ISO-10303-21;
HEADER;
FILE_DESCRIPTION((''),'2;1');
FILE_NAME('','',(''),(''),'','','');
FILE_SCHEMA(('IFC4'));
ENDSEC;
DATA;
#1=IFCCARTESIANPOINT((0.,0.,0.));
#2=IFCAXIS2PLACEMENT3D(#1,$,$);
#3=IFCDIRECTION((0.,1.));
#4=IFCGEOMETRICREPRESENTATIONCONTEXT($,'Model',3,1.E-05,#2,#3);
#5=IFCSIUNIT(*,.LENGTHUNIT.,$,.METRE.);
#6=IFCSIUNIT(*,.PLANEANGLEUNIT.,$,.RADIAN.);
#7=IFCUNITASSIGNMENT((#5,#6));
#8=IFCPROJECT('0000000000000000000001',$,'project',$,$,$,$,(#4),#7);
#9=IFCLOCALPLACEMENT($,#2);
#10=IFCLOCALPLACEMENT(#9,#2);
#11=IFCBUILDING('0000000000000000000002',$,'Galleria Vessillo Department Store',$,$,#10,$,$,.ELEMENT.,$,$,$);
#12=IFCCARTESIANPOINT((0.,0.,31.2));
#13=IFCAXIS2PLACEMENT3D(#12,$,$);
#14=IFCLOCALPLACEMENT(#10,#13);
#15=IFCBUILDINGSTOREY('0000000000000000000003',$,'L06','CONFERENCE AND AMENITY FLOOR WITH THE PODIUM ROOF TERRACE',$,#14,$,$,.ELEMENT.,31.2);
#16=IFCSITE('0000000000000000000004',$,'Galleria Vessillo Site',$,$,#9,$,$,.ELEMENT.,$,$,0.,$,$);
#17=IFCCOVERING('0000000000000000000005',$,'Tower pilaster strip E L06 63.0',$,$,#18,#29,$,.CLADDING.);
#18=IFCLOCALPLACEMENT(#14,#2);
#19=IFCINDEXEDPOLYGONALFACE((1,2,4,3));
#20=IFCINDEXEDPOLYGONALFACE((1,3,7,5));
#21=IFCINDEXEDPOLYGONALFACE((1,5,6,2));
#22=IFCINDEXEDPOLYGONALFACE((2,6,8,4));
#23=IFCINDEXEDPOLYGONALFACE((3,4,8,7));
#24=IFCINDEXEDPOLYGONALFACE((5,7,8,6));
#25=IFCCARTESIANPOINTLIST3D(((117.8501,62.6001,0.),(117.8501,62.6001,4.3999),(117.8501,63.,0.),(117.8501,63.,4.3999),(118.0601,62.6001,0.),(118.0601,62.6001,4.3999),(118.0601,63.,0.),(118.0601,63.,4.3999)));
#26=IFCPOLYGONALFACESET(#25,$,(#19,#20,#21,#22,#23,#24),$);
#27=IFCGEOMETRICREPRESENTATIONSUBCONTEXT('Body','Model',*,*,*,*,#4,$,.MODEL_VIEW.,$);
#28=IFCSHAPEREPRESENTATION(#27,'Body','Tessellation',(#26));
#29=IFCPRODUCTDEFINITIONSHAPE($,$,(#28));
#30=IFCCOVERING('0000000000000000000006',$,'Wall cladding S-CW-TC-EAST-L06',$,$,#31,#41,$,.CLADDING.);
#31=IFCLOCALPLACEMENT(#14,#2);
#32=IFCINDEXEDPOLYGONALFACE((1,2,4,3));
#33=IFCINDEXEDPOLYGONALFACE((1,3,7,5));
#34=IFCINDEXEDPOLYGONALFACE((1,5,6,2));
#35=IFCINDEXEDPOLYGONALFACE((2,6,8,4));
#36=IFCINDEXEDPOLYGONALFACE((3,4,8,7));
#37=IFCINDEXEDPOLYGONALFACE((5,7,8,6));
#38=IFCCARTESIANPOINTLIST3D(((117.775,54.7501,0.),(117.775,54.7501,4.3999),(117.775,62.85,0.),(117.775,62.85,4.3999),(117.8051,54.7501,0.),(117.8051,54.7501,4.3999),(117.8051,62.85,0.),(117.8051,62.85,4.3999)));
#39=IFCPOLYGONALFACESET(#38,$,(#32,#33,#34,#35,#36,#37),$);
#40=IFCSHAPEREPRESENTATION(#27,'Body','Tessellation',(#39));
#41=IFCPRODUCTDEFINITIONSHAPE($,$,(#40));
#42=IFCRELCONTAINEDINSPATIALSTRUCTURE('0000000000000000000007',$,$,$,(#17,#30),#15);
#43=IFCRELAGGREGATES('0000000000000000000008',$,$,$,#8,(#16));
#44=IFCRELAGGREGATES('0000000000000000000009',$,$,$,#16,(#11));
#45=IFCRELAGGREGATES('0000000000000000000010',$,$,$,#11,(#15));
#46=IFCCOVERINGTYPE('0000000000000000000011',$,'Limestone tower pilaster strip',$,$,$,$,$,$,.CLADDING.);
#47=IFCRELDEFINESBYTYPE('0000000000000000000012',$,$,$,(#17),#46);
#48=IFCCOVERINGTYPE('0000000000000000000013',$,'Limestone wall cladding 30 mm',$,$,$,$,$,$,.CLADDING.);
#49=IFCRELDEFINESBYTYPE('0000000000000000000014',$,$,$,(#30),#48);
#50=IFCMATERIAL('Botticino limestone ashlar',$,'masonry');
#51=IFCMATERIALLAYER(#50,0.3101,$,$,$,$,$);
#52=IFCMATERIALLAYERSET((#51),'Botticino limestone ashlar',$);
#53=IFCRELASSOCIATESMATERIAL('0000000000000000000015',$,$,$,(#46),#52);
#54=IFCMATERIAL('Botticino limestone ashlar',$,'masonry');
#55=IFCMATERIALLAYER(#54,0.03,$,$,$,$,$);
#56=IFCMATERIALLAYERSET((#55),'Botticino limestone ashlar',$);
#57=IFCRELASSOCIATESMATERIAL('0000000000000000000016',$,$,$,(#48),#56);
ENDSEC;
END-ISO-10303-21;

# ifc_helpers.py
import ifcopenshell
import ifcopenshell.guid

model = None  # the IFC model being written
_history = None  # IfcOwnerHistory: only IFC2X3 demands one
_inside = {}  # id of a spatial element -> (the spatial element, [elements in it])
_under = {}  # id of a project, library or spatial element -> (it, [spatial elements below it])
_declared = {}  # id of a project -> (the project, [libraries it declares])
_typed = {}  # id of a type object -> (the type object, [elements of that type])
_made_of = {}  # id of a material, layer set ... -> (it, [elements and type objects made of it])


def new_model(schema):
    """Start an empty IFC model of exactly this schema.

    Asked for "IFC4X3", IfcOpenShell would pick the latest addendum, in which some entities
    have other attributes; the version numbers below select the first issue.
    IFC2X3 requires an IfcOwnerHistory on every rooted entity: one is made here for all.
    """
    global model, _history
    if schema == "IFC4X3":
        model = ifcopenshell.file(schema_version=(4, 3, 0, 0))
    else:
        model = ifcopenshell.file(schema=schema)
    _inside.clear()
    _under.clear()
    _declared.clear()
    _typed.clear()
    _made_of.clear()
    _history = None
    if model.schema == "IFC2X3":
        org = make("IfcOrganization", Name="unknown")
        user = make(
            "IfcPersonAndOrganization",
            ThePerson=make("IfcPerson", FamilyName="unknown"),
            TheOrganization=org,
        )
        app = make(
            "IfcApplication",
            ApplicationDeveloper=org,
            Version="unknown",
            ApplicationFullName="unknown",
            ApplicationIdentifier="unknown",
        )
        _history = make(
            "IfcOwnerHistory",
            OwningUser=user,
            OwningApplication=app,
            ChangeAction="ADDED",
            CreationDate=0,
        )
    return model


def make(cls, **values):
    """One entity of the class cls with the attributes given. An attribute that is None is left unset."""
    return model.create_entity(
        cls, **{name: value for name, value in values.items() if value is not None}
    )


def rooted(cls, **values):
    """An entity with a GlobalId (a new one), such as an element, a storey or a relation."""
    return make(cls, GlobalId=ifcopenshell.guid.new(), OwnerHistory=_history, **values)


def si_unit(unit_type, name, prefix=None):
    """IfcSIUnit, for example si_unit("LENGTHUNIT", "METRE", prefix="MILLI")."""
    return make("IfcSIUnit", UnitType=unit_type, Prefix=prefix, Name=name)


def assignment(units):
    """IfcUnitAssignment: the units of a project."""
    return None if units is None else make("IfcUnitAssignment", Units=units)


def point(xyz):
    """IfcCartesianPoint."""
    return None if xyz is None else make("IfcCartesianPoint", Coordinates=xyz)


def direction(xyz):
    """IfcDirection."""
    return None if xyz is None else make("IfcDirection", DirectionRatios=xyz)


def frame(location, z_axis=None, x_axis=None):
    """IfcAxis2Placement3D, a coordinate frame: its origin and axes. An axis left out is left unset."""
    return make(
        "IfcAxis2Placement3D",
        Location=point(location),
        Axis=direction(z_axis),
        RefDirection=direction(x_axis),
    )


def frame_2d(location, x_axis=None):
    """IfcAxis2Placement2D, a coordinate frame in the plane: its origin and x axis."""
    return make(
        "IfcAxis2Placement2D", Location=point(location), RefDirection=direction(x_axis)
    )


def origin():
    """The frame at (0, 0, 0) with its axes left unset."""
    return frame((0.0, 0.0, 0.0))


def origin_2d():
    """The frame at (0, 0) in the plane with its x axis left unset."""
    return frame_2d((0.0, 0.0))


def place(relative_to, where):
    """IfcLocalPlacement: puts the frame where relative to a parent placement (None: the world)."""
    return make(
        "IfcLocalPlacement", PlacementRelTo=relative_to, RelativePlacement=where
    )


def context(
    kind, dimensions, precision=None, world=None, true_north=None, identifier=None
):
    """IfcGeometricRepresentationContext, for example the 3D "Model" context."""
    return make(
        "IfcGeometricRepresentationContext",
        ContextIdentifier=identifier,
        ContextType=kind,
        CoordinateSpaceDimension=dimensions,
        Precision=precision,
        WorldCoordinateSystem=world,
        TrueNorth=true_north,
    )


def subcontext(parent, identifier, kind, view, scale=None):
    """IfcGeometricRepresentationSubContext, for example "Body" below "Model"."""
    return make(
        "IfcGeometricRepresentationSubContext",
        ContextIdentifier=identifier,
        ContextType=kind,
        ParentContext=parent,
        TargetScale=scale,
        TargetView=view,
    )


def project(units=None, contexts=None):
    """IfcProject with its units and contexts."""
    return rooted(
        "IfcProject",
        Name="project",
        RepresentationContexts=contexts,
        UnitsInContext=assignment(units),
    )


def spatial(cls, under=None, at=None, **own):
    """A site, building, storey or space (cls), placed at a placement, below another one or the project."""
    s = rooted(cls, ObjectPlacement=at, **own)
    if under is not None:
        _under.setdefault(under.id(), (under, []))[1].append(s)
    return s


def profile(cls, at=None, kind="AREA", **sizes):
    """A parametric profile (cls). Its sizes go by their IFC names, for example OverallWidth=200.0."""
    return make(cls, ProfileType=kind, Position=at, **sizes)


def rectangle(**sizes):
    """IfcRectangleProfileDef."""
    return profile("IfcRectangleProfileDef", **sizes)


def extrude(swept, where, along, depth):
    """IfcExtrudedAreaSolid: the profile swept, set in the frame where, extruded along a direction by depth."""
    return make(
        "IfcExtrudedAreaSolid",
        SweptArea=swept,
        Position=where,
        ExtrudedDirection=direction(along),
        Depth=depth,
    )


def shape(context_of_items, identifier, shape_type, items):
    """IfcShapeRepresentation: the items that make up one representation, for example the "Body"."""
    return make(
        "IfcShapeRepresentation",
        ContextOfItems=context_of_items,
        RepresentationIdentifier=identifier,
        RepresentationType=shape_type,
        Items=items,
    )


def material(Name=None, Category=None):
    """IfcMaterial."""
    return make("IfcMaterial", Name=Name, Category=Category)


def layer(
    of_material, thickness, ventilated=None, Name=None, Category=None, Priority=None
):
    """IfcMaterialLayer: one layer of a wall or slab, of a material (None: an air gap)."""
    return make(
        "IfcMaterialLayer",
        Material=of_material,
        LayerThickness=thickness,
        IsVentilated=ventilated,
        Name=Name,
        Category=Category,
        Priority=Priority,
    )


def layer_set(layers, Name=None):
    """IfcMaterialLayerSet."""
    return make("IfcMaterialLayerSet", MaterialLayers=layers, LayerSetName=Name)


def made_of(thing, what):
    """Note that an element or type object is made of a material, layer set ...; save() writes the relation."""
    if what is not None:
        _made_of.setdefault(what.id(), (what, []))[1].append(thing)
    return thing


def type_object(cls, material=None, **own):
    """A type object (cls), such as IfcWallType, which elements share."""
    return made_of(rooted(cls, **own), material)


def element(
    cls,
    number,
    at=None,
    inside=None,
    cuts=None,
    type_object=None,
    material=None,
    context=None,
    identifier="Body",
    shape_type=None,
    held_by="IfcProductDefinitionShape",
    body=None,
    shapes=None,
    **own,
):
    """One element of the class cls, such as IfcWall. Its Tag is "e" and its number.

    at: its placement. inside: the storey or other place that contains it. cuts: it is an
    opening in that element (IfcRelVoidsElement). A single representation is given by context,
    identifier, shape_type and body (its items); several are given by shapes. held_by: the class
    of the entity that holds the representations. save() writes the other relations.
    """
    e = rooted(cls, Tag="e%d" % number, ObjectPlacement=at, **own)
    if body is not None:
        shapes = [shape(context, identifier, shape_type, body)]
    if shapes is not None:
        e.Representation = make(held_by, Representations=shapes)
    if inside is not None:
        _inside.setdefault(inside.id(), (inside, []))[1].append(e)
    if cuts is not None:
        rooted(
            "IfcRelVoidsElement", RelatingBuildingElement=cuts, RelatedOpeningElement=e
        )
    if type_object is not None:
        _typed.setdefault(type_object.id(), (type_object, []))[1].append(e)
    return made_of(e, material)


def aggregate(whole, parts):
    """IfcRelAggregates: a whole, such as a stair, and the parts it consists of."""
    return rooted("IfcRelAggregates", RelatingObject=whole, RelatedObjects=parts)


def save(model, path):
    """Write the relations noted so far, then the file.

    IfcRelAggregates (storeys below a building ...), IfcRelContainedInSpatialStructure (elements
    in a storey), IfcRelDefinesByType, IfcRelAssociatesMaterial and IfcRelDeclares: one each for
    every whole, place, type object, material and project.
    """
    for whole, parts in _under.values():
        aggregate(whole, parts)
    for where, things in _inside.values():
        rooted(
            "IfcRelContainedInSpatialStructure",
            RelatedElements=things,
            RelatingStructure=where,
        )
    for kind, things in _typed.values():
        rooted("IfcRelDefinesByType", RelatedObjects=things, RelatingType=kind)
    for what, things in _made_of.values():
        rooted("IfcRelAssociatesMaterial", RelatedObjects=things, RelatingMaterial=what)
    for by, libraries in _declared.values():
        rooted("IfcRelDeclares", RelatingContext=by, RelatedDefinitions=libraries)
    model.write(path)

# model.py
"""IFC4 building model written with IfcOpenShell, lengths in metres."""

from ifc_helpers import new_model, si_unit, direction, frame, origin, origin_2d, place, context, subcontext, project, spatial, rectangle, extrude, material, layer, layer_set, type_object, element, save


model = new_model("IFC4")

# Units and contexts
model_context = context("Model", 3, precision=1e-05, world=origin(), true_north=direction((0.0, 1.0)))
body_context = subcontext(model_context, "Body", "Model", "MODEL_VIEW")
ifc_project = project(units=[si_unit("LENGTHUNIT", "METRE"), si_unit("PLANEANGLEUNIT", "RADIAN")], contexts=[model_context])

# Site, building, storey
site_placement = place(None, origin())
site = spatial("IfcSite", under=ifc_project, at=site_placement, Name="Galleria Vessillo Site", CompositionType="ELEMENT", RefElevation=0.0)
building_placement = place(site_placement, origin())
building = spatial("IfcBuilding", under=site, at=building_placement, Name="Galleria Vessillo Department Store", CompositionType="ELEMENT")
storey_placement = place(building_placement, frame((0.0, 0.0, 31.2)))
storey = spatial("IfcBuildingStorey", under=building, at=storey_placement, Name="L06", Description="CONFERENCE AND AMENITY FLOOR WITH THE PODIUM ROOF TERRACE", CompositionType="ELEMENT", Elevation=31.2)

# Coverings
ifc_material_1 = material(Name="Botticino limestone ashlar", Category="masonry")
ifc_layer_1 = layer(ifc_material_1, 0.3101)
ifc_layer_set_1 = layer_set([ifc_layer_1], Name="Botticino limestone ashlar")
covering_type_1 = type_object("IfcCoveringType", Name="Limestone tower pilaster strip", PredefinedType="CLADDING", material=ifc_layer_set_1)
covering_1_placement = place(storey_placement, frame((117.9551, 62.8, 0.0), z_axis=(0.0, 0.0, 1.0), x_axis=(1.0, 0.0, 0.0)))
element("IfcCovering", 1, at=covering_1_placement, inside=storey, type_object=covering_type_1, Name="Tower pilaster strip E L06 63.0", PredefinedType="CLADDING", context=body_context, shape_type="SweptSolid", body=[
    extrude(rectangle(XDim=0.21, YDim=0.3999, at=origin_2d()), origin(), (0.0, 0.0, 1.0), 4.3999),
])
ifc_material_2 = material(Name="Botticino limestone ashlar", Category="masonry")
ifc_layer_2 = layer(ifc_material_2, 0.03)
ifc_layer_set_2 = layer_set([ifc_layer_2], Name="Botticino limestone ashlar")
covering_type_2 = type_object("IfcCoveringType", Name="Limestone wall cladding 30 mm", PredefinedType="CLADDING", material=ifc_layer_set_2)
covering_2_placement = place(storey_placement, frame((117.79, 58.8, 0.0), z_axis=(0.0, 0.0, 1.0), x_axis=(1.0, 0.0, 0.0)))
element("IfcCovering", 2, at=covering_2_placement, inside=storey, type_object=covering_type_2, Name="Wall cladding S-CW-TC-EAST-L06", PredefinedType="CLADDING", context=body_context, shape_type="SweptSolid", body=[
    extrude(rectangle(XDim=0.03, YDim=8.0999, at=origin_2d()), origin(), (0.0, 0.0, 1.0), 4.3999),
])

save(model, "model.ifc")
